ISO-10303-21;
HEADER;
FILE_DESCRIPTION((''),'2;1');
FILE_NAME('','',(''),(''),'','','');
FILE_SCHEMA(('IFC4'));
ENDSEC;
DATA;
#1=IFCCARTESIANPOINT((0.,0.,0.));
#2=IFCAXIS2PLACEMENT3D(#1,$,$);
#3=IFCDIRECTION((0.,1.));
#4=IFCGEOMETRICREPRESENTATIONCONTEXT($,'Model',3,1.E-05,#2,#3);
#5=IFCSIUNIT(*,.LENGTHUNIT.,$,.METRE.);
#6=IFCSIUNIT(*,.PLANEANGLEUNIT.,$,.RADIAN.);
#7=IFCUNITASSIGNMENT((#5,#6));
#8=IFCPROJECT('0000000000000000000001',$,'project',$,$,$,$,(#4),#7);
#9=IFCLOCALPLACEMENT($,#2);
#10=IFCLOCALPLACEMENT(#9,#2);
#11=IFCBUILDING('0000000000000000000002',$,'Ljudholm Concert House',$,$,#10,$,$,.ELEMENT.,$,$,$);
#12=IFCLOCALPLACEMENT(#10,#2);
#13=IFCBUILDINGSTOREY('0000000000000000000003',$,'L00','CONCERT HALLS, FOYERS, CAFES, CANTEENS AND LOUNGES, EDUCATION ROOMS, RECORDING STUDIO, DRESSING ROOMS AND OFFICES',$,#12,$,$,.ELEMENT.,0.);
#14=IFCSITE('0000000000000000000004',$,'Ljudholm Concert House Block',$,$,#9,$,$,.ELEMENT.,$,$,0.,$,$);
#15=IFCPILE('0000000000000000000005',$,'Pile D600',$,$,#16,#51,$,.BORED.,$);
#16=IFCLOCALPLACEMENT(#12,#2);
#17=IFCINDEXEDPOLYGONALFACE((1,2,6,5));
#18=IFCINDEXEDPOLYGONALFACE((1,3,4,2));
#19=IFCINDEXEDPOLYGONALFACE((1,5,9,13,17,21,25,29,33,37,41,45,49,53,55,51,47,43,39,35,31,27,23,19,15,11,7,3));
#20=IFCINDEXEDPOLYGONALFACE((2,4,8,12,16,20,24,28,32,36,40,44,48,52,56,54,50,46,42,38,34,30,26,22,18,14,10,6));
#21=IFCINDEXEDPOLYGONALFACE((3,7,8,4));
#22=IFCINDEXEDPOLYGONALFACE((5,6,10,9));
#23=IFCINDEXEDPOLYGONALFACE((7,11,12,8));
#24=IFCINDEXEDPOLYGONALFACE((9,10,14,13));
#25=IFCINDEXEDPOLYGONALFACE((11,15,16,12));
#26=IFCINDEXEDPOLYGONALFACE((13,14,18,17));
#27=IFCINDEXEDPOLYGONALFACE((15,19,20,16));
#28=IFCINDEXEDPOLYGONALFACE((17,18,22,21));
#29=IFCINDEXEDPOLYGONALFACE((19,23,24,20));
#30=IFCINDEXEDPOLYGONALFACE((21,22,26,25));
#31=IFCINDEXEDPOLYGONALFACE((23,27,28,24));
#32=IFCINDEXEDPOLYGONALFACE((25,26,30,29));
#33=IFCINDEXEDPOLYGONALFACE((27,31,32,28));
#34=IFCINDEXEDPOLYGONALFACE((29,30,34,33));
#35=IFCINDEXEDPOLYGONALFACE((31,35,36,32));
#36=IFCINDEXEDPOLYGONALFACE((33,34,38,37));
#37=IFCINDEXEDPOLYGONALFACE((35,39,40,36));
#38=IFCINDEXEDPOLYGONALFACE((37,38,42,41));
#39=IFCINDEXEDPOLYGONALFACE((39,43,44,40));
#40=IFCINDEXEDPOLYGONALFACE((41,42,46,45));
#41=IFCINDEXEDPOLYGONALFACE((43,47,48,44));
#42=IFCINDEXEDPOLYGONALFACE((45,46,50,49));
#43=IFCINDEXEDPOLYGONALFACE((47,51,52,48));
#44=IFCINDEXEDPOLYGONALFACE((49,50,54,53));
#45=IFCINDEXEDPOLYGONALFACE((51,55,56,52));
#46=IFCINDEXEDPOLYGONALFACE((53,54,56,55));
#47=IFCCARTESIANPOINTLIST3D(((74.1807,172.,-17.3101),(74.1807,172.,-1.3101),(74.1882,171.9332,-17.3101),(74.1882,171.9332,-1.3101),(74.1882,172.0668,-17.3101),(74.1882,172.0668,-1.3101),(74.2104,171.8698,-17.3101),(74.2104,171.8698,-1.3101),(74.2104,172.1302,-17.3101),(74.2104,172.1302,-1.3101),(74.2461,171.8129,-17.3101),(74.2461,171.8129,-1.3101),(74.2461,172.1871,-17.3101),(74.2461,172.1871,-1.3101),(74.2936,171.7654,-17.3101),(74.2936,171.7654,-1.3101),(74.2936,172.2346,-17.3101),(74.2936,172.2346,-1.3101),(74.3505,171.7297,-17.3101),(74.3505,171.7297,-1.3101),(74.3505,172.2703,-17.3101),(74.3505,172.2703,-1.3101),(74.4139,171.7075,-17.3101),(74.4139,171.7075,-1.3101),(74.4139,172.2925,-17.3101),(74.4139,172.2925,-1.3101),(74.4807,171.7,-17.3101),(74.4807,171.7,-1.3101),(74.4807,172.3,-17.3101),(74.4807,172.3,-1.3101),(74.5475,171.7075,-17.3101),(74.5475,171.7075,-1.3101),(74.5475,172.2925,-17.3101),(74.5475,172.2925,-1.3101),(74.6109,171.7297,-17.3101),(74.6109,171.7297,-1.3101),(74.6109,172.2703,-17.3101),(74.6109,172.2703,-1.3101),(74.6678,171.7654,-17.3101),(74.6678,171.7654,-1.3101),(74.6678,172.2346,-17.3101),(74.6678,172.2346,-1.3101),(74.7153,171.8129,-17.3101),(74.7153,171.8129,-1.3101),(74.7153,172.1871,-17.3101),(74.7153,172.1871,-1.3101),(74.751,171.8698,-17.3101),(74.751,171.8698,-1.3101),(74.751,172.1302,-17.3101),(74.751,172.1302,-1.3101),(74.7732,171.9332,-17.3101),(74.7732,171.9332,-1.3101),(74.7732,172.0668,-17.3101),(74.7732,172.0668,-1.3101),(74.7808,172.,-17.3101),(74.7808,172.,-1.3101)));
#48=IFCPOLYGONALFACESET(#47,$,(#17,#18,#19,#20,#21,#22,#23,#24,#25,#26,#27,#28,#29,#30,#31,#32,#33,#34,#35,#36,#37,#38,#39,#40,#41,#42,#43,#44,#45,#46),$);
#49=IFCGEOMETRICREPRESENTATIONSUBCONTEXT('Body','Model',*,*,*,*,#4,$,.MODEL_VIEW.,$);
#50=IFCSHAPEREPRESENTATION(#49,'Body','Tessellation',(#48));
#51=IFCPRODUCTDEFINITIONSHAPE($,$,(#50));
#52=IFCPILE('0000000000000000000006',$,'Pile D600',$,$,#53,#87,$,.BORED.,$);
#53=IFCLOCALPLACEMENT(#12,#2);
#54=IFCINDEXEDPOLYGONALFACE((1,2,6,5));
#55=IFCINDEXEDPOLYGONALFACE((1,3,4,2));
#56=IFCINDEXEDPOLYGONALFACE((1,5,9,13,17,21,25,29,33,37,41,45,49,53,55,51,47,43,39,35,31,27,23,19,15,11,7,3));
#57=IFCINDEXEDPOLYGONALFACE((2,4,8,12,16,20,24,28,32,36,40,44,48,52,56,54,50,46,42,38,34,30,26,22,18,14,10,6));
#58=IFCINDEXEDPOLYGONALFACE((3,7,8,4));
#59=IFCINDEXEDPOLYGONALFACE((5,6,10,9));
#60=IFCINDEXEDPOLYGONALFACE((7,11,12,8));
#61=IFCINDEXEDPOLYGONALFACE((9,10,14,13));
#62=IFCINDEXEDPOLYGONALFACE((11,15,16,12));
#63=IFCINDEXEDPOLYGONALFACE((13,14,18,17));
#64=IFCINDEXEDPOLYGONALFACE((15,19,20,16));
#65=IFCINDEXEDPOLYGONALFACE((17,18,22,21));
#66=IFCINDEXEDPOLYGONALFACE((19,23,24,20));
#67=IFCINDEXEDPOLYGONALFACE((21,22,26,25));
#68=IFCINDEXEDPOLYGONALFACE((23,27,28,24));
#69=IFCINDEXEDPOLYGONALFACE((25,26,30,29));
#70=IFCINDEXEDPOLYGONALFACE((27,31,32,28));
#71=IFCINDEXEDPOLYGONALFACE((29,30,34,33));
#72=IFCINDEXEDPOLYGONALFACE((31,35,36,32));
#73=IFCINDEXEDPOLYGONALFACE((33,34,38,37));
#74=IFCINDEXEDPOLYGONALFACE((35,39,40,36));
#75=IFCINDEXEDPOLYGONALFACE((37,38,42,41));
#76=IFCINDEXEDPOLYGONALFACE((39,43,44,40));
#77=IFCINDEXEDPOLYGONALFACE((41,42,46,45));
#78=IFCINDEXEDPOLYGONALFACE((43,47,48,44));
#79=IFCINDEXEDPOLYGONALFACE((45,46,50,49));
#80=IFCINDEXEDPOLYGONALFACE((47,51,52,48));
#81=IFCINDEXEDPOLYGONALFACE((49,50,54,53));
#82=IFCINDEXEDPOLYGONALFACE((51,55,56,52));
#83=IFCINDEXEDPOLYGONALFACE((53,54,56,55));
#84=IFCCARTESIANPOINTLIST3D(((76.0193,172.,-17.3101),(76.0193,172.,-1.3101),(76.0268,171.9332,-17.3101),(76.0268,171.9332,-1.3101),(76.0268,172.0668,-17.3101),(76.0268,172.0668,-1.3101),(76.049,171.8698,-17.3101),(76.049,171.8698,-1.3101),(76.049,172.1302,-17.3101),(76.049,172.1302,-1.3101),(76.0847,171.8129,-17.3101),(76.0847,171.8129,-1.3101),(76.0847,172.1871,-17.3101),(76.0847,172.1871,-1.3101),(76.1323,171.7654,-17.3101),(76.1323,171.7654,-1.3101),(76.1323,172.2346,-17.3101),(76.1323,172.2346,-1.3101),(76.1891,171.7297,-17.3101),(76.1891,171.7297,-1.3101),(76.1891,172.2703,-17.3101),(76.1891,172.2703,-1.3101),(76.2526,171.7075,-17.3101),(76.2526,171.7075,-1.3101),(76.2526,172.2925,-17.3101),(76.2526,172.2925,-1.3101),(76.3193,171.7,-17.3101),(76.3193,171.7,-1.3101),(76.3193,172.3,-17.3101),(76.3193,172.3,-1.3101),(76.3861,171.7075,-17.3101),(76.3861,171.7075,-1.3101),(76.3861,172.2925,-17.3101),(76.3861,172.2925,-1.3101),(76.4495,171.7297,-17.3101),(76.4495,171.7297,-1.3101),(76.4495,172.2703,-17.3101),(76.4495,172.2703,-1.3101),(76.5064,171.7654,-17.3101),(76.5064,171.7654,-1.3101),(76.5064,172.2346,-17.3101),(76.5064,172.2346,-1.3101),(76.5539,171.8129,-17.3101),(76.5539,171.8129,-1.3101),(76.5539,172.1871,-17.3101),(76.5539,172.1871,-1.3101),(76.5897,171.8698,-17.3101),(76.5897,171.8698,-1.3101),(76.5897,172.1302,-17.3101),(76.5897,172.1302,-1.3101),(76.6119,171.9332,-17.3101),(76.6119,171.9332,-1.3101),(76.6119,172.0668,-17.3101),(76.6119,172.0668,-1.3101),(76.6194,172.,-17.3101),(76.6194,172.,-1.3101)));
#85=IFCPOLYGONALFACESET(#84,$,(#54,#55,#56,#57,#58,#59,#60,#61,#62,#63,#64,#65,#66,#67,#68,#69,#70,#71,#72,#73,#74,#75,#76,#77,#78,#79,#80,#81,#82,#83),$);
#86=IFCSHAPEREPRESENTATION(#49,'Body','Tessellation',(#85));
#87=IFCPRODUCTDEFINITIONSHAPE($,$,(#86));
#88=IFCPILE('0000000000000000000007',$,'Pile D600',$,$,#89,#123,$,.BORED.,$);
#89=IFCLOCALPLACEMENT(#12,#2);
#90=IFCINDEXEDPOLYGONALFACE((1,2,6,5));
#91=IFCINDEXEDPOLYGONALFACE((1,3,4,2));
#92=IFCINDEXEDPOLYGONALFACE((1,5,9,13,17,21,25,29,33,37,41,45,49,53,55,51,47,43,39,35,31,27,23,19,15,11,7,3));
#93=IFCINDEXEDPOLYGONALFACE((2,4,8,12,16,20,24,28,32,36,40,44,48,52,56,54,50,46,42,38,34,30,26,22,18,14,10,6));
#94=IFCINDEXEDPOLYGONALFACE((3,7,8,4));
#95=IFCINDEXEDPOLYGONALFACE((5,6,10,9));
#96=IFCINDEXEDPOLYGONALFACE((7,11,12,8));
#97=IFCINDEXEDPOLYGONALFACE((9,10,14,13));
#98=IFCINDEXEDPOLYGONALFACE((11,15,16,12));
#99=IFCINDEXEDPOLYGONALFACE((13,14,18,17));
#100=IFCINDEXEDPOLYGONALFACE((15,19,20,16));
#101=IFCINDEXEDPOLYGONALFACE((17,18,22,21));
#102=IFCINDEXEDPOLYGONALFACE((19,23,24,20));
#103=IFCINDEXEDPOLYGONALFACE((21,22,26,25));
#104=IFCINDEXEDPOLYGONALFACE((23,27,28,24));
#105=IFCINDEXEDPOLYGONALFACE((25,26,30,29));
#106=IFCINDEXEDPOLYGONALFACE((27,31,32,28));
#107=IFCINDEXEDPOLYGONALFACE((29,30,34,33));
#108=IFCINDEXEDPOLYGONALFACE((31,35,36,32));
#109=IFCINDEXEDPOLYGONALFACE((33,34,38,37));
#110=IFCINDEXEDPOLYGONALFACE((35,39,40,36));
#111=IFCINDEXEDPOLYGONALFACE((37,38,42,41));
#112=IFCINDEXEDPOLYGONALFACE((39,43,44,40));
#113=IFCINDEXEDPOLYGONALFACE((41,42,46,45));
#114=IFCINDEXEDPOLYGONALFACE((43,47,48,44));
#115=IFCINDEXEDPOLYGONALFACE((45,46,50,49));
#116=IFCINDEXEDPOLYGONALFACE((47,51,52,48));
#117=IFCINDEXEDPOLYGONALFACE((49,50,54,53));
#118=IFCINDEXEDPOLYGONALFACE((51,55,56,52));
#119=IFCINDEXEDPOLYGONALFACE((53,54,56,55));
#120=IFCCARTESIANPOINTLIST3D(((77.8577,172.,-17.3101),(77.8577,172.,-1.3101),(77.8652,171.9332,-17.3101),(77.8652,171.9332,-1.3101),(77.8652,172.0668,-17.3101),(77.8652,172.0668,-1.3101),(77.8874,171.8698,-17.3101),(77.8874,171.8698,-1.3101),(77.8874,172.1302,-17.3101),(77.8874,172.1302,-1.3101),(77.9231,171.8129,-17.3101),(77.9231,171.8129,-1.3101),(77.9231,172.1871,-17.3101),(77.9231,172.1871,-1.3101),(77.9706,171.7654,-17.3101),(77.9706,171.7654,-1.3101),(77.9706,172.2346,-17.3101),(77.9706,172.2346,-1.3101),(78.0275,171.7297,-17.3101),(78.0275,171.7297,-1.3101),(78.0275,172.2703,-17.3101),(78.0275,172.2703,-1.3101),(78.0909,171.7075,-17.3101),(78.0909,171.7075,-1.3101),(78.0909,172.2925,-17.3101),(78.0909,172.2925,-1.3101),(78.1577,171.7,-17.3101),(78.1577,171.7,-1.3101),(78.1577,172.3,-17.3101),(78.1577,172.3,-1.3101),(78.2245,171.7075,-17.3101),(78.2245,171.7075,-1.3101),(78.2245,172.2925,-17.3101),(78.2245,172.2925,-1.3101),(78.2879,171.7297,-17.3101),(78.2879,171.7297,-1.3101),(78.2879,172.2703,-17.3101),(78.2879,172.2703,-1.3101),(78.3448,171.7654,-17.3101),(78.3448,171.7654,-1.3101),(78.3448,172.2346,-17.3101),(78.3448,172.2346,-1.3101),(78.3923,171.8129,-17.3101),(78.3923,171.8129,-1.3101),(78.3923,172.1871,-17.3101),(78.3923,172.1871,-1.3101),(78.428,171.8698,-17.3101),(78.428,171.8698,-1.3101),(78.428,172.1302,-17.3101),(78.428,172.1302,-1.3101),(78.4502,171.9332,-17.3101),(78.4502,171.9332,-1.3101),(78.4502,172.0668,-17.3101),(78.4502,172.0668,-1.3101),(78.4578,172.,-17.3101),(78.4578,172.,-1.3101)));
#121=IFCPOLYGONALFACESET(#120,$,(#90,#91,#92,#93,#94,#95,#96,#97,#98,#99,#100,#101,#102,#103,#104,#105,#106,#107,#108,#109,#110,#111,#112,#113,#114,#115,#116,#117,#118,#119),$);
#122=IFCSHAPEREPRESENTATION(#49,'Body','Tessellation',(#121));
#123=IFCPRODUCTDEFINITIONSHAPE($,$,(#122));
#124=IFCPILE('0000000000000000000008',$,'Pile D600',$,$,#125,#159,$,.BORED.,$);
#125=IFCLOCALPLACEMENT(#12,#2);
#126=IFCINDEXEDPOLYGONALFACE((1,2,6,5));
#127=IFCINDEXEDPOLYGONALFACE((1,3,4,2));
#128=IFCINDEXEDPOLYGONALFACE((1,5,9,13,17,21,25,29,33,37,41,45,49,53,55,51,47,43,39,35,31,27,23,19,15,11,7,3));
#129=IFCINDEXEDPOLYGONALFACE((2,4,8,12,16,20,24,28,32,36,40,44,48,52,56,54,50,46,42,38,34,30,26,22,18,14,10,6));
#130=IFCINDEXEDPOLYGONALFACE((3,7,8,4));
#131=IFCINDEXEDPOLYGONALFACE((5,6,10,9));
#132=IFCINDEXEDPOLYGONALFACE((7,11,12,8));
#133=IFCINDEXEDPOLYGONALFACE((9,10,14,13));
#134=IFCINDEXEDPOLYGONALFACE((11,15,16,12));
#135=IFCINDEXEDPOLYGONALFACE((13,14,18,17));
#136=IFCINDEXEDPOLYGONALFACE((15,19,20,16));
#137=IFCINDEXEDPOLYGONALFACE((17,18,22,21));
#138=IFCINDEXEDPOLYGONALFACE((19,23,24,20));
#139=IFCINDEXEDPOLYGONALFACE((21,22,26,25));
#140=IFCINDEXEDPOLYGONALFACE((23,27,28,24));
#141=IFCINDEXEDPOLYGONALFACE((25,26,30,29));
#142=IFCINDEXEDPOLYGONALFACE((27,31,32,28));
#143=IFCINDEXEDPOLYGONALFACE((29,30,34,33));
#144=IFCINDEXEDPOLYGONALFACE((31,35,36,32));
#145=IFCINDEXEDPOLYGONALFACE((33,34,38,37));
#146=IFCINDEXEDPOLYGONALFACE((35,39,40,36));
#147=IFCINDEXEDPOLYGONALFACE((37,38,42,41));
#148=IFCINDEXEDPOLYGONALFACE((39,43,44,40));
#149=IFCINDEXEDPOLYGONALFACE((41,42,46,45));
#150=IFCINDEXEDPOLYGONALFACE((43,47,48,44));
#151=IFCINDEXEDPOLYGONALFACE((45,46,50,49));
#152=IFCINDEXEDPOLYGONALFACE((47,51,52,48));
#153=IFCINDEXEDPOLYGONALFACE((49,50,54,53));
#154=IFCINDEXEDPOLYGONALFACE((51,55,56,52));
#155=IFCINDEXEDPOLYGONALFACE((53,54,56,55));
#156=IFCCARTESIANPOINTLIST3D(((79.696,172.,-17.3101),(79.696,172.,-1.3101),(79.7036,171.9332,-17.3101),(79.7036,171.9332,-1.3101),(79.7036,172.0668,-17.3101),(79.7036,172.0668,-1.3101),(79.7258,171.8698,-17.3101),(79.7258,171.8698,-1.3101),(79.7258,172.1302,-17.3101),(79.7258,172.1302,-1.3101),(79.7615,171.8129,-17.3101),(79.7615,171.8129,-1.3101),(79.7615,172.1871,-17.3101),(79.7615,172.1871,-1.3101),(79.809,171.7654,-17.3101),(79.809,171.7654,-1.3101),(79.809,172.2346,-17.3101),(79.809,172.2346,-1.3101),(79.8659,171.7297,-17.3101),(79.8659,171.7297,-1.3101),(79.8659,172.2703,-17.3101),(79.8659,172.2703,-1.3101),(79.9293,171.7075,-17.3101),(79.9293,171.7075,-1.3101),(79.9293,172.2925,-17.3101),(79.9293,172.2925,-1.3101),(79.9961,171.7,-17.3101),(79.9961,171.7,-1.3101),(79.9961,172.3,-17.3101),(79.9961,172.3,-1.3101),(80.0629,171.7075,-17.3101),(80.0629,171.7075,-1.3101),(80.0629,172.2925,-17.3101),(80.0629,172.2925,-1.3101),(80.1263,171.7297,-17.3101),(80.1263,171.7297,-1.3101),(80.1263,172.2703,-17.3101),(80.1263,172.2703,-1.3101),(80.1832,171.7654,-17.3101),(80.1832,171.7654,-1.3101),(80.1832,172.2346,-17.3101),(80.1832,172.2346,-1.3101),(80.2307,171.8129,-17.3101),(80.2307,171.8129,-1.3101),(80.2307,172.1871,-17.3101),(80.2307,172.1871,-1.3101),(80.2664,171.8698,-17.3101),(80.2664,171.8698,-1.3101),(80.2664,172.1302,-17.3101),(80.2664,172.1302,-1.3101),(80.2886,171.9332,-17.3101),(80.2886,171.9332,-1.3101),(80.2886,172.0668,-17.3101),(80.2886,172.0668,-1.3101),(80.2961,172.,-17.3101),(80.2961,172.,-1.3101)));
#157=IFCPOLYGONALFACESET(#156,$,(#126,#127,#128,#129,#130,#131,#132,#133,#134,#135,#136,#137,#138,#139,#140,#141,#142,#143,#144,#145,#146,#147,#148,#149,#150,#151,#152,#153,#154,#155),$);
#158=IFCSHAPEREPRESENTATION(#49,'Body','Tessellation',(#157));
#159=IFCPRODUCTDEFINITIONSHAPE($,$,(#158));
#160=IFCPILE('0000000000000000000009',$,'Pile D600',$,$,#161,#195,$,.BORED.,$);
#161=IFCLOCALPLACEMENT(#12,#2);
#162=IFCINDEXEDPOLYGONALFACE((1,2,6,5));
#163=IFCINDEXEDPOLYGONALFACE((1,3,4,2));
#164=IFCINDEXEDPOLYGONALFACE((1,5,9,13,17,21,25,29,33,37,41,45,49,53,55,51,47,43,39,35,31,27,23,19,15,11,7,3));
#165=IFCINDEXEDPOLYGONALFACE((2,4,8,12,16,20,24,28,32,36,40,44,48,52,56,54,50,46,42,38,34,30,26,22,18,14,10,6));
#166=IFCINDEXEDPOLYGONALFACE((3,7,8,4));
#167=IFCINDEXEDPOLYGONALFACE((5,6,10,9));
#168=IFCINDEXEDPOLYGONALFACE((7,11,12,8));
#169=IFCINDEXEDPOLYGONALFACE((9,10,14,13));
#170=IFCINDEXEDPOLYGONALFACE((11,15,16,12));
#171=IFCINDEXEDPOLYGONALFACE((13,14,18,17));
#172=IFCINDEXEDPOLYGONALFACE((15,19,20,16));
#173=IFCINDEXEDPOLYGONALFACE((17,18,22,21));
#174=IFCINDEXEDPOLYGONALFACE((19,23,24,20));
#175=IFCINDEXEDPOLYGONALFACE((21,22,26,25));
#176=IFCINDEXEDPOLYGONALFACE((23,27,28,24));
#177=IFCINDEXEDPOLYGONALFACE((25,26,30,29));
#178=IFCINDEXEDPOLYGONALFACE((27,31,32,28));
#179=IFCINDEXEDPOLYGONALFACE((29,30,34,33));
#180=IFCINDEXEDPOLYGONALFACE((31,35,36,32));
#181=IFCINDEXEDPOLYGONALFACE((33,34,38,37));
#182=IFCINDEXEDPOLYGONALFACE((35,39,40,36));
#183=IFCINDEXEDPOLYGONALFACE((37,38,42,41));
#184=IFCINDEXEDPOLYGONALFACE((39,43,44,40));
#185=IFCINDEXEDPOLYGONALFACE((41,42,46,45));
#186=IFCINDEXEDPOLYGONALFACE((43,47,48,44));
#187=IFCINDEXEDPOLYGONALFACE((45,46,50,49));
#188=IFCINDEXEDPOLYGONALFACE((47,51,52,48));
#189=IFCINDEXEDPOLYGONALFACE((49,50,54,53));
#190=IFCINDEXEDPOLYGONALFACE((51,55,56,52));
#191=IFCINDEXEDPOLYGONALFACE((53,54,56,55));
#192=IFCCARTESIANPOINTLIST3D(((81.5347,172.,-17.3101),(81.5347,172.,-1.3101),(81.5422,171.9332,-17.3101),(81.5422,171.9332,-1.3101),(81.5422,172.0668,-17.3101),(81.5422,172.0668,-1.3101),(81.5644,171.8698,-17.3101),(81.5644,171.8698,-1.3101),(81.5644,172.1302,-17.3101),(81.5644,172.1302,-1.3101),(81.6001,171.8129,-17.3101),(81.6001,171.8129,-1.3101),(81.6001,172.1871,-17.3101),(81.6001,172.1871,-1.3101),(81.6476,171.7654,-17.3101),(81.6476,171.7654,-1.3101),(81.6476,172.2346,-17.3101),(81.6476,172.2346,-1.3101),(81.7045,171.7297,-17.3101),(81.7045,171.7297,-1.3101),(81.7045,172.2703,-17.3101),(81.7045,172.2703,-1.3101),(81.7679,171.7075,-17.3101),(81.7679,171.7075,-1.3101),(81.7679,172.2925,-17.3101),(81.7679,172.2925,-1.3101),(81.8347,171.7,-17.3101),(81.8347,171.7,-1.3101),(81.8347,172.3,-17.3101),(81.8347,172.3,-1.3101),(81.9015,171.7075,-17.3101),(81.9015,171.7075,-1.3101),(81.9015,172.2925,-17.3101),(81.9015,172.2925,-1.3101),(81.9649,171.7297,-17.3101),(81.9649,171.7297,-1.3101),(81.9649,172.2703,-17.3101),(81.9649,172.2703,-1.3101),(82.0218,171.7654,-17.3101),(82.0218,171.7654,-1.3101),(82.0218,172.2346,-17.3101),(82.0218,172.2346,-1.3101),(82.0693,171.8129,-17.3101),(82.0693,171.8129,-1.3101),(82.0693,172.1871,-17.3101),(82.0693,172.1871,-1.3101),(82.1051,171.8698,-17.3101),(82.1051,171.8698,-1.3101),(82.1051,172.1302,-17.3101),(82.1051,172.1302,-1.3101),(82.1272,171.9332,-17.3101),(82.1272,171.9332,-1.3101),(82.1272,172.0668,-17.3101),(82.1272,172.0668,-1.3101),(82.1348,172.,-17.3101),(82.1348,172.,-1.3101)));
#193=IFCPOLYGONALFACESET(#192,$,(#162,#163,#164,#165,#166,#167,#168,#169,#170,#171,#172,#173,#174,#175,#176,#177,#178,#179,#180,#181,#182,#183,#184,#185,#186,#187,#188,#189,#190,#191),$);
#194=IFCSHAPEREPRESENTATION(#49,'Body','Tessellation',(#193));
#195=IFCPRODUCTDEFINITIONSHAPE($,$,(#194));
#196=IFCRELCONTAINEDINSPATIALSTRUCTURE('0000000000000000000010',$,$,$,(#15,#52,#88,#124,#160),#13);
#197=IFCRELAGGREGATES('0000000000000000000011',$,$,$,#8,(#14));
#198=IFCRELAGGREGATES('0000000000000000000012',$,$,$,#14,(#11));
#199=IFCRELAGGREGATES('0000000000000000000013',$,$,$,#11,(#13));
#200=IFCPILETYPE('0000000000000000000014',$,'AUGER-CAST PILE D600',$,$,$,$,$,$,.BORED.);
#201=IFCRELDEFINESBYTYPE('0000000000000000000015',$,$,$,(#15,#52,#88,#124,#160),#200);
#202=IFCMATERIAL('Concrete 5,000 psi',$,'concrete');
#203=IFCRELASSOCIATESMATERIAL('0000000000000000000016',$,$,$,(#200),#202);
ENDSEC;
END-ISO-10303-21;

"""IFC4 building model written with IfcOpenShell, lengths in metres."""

from ifc_helpers import new_model, si_unit, direction, frame, origin, origin_2d, place, context, subcontext, project, spatial, circle, extrude, material, material_profile, profile_set, type_object, element, save


model = new_model("IFC4")

# Units and contexts
model_context = context("Model", 3, precision=1e-05, world=origin(), true_north=direction((0.0, 1.0)))
body_context = subcontext(model_context, "Body", "Model", "MODEL_VIEW")
ifc_project = project(units=[si_unit("LENGTHUNIT", "METRE"), si_unit("PLANEANGLEUNIT", "RADIAN")], contexts=[model_context])

# Site, building, storey
site_placement = place(None, origin())
site = spatial("IfcSite", under=ifc_project, at=site_placement, Name="Ljudholm Concert House Block", CompositionType="ELEMENT", RefElevation=0.0)
building_placement = place(site_placement, origin())
building = spatial("IfcBuilding", under=site, at=building_placement, Name="Ljudholm Concert House", CompositionType="ELEMENT")
storey_placement = place(building_placement, origin())
storey = spatial("IfcBuildingStorey", under=building, at=storey_placement, Name="L00", Description="CONCERT HALLS, FOYERS, CAFES, CANTEENS AND LOUNGES, EDUCATION ROOMS, RECORDING STUDIO, DRESSING ROOMS AND OFFICES", CompositionType="ELEMENT", Elevation=0.0)

# Piles
ifc_material_1 = material(Name="Concrete 5,000 psi", Category="concrete")
ifc_material_profile = material_profile(ifc_material_1, circle(Radius=0.3, at=origin_2d()), Name="AUGER-CAST PILE D600")
ifc_profile_set = profile_set([ifc_material_profile], Name="Concrete 5,000 psi")
pile_type = type_object("IfcPileType", Name="AUGER-CAST PILE D600", PredefinedType="BORED", material=ifc_profile_set)
for number, where, z_axis, x_axis, name in (
    (1, (74.4807, 172.0, -1.3101), (0.0, 0.0, -1.0), (1.0, 0.0, 0.0), "Pile D600"),
    (2, (76.3193, 172.0, -1.3101), (0.0, 0.0, -1.0), (1.0, 0.0, 0.0), "Pile D600"),
    (3, (78.1577, 172.0, -1.3101), (0.0, 0.0, -1.0), (1.0, 0.0, 0.0), "Pile D600"),
    (4, (79.9961, 172.0, -1.3101), (0.0, 0.0, -1.0), (1.0, 0.0, 0.0), "Pile D600"),
    (5, (81.8347, 172.0, -1.3101), (0.0, 0.0, -1.0), (1.0, 0.0, 0.0), "Pile D600"),
):
    element("IfcPile", number, at=place(storey_placement, frame(where, z_axis=z_axis, x_axis=x_axis)), inside=storey, type_object=pile_type, Name=name, PredefinedType="BORED", context=body_context, shape_type="SweptSolid", body=[
        extrude(circle(Radius=0.3, at=origin_2d()), origin(), (0.0, 0.0, 1.0), 16.0),
    ])

save(model, "model.ifc")
